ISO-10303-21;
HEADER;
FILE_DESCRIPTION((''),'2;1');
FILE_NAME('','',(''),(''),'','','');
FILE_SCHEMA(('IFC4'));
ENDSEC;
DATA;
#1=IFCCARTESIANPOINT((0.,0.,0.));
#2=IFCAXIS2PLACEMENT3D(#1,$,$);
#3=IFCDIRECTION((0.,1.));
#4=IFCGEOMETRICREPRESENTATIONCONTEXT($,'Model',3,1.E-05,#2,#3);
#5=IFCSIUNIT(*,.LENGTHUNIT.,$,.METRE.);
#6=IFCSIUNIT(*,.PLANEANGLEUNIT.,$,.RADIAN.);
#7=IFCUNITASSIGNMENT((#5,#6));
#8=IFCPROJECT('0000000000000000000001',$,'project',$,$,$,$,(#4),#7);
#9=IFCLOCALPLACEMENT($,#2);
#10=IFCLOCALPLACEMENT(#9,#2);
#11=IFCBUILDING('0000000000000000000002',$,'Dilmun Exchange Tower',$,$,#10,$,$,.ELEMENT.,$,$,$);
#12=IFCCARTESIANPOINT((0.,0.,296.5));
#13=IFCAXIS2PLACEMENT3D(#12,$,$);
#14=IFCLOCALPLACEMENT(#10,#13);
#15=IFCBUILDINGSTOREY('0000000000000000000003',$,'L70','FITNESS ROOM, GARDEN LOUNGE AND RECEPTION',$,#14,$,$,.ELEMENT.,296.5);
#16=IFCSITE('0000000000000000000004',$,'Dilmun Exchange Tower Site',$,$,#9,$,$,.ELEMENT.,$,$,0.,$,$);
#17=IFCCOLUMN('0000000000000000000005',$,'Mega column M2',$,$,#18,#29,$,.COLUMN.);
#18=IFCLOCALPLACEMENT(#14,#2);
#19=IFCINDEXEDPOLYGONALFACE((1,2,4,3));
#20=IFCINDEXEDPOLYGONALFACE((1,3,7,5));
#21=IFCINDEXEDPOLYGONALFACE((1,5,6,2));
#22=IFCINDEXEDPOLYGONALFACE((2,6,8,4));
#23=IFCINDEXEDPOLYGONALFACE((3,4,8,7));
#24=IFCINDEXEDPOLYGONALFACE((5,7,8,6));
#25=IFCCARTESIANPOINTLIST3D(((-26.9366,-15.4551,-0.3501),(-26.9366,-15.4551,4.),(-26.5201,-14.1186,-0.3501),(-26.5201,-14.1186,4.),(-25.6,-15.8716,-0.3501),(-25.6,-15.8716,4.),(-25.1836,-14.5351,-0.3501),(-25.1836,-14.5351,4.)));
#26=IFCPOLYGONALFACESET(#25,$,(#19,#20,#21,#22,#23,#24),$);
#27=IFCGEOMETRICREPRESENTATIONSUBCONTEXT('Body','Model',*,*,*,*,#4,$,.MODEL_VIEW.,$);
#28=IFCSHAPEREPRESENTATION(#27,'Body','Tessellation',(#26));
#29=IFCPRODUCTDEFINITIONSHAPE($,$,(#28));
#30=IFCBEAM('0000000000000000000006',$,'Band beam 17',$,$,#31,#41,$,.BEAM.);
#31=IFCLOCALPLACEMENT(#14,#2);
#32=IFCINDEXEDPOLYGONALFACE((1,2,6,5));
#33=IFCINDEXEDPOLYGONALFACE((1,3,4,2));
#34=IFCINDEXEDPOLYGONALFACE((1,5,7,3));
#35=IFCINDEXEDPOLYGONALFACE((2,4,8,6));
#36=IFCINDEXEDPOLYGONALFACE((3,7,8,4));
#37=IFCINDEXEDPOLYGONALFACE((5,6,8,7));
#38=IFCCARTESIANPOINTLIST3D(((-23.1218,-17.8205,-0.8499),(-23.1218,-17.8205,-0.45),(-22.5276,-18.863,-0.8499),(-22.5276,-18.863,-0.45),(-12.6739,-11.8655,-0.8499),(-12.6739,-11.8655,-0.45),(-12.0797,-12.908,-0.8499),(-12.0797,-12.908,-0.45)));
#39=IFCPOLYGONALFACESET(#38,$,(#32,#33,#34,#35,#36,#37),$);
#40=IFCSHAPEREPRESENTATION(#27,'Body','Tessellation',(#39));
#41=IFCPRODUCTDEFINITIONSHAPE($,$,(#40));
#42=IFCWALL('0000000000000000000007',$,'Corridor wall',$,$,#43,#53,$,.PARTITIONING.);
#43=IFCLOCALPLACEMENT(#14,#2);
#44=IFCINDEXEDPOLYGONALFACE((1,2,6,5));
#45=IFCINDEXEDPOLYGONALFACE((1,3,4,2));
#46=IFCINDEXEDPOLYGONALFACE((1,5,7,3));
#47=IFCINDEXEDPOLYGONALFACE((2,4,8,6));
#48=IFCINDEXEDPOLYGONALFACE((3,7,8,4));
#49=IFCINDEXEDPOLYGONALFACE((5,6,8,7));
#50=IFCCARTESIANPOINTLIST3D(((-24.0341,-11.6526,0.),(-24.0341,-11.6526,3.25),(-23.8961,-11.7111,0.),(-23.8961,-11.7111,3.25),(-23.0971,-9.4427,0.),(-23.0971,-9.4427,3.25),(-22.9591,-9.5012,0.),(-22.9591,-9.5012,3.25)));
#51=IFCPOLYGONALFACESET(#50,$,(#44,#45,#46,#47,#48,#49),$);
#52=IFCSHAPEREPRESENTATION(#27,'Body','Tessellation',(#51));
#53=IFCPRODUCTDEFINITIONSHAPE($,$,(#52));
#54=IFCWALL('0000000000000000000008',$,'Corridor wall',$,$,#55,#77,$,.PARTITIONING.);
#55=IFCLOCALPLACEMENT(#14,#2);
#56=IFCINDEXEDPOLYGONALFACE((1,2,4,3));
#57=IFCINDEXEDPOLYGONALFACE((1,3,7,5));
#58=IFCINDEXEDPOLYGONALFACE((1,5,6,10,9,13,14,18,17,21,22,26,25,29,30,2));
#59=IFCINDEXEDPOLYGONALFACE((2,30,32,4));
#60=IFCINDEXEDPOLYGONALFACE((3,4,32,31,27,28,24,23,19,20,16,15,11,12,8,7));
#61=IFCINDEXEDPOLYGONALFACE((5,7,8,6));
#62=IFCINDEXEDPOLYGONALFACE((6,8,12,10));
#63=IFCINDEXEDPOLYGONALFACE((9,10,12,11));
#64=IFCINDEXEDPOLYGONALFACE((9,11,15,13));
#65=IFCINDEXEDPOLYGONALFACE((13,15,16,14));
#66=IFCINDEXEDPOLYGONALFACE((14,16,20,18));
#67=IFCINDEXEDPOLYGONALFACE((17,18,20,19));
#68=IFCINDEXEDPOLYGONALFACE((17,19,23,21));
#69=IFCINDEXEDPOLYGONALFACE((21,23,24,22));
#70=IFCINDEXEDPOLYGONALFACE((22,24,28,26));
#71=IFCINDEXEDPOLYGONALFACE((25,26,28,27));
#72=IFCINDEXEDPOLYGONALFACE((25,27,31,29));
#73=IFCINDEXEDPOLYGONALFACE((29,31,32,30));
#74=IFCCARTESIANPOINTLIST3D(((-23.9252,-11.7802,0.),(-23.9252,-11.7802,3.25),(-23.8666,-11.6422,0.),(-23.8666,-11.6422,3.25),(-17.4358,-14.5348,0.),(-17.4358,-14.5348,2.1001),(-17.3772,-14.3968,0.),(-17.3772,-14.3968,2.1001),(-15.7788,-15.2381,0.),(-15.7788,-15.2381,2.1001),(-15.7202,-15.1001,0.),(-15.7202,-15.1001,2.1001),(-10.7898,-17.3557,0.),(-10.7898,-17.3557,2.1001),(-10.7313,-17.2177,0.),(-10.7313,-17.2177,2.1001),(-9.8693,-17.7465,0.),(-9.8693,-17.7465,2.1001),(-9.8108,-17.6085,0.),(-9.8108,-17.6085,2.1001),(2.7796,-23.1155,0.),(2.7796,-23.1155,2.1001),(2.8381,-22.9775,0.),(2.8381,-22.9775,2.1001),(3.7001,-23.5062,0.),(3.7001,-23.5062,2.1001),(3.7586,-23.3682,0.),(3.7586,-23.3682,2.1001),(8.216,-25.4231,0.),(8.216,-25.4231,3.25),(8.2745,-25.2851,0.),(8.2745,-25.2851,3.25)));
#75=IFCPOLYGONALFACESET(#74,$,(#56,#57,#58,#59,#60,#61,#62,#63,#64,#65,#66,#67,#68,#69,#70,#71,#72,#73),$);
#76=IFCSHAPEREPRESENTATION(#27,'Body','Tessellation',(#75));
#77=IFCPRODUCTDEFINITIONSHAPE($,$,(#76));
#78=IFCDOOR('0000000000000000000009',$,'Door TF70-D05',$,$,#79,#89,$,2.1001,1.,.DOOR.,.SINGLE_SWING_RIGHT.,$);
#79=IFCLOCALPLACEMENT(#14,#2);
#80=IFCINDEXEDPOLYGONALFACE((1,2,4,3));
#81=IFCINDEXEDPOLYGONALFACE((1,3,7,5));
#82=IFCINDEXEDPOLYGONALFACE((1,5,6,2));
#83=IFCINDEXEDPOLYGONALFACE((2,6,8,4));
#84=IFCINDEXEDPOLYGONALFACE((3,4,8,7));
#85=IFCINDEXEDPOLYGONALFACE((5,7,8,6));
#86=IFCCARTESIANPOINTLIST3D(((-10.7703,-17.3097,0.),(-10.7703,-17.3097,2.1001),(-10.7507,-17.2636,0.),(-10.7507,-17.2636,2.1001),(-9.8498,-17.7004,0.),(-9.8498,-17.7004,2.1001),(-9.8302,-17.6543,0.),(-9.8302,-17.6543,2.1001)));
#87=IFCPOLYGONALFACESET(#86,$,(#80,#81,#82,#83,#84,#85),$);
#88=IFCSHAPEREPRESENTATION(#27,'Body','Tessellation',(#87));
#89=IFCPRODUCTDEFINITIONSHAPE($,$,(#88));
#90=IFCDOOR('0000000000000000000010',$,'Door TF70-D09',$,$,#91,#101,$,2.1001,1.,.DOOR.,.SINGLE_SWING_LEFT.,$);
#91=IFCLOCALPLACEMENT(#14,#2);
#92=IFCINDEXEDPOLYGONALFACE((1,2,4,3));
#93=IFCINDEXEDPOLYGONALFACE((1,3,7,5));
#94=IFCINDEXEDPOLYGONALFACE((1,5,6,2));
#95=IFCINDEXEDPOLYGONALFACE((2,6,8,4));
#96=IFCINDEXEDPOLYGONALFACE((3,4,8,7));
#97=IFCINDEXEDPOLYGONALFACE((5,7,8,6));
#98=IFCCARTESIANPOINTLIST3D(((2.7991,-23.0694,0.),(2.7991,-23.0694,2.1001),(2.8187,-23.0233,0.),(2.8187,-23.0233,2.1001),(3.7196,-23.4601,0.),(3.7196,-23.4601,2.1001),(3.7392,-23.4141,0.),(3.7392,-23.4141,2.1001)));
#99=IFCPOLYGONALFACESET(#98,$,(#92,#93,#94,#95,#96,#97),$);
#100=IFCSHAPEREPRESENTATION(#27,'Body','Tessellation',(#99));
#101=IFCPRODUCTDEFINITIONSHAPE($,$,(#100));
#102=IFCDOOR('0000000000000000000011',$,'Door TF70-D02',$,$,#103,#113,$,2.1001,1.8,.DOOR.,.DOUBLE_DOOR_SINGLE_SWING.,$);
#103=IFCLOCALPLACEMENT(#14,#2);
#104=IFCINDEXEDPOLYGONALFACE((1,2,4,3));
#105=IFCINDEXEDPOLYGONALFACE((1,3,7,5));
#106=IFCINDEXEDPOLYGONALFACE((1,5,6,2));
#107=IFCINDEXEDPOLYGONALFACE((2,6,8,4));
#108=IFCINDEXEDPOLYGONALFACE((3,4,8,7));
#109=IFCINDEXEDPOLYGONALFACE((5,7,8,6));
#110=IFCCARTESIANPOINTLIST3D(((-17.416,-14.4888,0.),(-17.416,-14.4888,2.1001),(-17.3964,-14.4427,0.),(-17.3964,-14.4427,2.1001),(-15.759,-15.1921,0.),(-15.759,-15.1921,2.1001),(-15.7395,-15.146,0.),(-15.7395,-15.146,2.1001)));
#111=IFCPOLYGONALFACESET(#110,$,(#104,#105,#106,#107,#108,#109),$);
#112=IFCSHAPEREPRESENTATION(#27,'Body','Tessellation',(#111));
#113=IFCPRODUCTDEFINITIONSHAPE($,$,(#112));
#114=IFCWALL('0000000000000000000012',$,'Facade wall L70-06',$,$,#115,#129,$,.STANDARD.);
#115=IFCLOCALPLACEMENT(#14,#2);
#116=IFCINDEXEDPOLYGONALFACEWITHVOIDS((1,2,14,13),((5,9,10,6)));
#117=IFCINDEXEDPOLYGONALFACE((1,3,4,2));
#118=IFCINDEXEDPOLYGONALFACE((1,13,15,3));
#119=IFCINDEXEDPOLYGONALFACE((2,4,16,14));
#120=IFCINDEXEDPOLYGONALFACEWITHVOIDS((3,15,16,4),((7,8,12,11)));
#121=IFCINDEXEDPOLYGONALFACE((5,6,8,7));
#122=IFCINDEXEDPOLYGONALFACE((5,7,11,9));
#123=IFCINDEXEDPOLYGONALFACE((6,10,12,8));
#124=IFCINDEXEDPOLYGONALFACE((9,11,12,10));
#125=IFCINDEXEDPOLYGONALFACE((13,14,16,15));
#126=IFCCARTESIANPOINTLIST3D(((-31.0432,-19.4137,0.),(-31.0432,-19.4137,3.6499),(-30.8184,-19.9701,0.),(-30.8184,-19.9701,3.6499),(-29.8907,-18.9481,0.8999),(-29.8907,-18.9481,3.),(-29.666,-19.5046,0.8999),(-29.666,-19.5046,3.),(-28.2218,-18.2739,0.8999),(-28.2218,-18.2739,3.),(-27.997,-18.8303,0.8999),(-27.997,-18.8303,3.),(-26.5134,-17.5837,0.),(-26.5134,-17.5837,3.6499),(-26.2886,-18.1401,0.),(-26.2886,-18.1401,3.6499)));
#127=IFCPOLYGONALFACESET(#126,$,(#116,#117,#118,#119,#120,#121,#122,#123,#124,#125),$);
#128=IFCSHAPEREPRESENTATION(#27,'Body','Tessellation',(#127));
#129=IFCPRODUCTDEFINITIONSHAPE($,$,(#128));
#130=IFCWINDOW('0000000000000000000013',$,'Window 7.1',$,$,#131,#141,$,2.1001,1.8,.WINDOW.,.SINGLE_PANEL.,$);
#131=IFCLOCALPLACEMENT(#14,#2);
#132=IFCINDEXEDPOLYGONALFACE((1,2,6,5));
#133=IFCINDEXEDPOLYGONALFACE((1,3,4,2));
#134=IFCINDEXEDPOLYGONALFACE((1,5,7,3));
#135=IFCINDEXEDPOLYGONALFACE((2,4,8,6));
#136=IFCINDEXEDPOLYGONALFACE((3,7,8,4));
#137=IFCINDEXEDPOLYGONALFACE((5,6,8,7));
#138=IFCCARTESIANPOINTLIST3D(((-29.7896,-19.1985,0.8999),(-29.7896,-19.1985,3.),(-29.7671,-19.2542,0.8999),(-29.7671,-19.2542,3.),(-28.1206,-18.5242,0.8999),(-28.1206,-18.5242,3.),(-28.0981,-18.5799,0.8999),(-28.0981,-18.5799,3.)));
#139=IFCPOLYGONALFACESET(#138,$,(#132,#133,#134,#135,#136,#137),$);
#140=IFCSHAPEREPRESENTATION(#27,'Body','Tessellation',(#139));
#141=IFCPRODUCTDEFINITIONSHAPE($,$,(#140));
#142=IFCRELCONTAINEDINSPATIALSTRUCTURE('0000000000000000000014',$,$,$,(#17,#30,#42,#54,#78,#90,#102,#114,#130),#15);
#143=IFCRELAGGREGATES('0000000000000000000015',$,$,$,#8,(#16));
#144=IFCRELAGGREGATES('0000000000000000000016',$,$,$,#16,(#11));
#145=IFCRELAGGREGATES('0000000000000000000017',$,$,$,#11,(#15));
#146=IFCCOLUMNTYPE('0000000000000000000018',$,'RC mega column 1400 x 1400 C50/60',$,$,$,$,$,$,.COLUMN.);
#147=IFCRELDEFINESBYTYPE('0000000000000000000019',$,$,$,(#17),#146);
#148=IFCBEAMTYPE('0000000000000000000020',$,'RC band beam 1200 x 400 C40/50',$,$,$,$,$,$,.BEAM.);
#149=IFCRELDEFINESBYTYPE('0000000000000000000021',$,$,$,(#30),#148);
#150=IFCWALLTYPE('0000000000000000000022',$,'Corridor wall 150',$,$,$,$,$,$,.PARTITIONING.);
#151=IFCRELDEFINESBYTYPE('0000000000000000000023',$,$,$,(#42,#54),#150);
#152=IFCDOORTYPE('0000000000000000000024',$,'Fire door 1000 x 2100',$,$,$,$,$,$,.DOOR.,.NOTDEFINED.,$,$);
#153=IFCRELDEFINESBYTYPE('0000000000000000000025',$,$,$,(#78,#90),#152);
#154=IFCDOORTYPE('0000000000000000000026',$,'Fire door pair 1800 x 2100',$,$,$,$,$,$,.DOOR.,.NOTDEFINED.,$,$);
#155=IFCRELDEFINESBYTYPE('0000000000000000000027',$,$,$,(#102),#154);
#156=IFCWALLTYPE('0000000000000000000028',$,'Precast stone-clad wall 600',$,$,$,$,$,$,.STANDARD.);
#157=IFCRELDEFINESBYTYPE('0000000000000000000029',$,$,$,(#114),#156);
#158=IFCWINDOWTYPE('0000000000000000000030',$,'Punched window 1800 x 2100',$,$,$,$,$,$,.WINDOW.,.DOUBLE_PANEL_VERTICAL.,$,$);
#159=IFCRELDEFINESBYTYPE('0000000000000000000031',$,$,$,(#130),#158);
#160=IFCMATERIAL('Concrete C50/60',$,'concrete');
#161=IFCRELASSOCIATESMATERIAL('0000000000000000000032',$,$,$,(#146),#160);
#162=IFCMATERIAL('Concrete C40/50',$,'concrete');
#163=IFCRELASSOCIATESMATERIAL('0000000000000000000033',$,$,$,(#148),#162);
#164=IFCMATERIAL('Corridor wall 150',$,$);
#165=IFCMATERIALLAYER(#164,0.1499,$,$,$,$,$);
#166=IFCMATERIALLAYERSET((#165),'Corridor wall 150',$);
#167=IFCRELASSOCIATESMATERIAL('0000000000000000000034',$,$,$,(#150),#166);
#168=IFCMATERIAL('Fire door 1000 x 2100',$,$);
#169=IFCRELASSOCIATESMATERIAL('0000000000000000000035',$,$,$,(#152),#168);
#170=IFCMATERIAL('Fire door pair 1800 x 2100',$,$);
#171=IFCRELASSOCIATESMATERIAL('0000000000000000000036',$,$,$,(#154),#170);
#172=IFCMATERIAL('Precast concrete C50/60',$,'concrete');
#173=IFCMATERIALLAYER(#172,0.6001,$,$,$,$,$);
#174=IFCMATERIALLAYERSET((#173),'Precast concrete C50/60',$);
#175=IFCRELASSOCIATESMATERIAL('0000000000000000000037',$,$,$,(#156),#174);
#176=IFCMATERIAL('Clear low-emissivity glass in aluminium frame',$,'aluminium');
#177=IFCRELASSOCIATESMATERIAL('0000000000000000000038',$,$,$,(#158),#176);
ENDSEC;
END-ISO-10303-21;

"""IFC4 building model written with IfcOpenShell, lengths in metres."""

from ifc_helpers import new_model, si_unit, direction, frame, frame_2d, origin, origin_2d, place, context, subcontext, project, spatial, rectangle, extrude, material, layer, layer_set, material_profile, profile_set, type_object, element, fill, save


model = new_model("IFC4")

# Units and contexts
model_context = context("Model", 3, precision=1e-05, world=origin(), true_north=direction((0.0, 1.0)))
body_context = subcontext(model_context, "Body", "Model", "MODEL_VIEW")
ifc_project = project(units=[si_unit("LENGTHUNIT", "METRE"), si_unit("PLANEANGLEUNIT", "RADIAN")], contexts=[model_context])

# Site, building, storey
site_placement = place(None, origin())
site = spatial("IfcSite", under=ifc_project, at=site_placement, Name="Dilmun Exchange Tower Site", CompositionType="ELEMENT", RefElevation=0.0)
building_placement = place(site_placement, origin())
building = spatial("IfcBuilding", under=site, at=building_placement, Name="Dilmun Exchange Tower", CompositionType="ELEMENT")
storey_placement = place(building_placement, frame((0.0, 0.0, 296.5)))
storey = spatial("IfcBuildingStorey", under=building, at=storey_placement, Name="L70", Description="FITNESS ROOM, GARDEN LOUNGE AND RECEPTION", CompositionType="ELEMENT", Elevation=296.5)

# Column
ifc_material_1 = material(Name="Concrete C50/60", Category="concrete")
ifc_material_profile_1 = material_profile(ifc_material_1, rectangle(XDim=1.3999, YDim=1.3999, at=origin_2d()), Name="1400 x 1400")
ifc_profile_set_1 = profile_set([ifc_material_profile_1], Name="Concrete C50/60")
column_type = type_object("IfcColumnType", Name="RC mega column 1400 x 1400 C50/60", PredefinedType="COLUMN", material=ifc_profile_set_1)
column_placement = place(storey_placement, frame((-26.0601, -14.9951, -0.3501), z_axis=(0.0, 0.0, 1.0), x_axis=(0.297503, 0.954721, 0.0)))
element("IfcColumn", 1, at=column_placement, inside=storey, type_object=column_type, Name="Mega column M2", PredefinedType="COLUMN", context=body_context, shape_type="SweptSolid", body=[
    extrude(rectangle(XDim=1.3999, YDim=1.3999, at=origin_2d()), origin(), (0.0, 0.0, 1.0), 4.3501),
])

# Beam
ifc_material_2 = material(Name="Concrete C40/50", Category="concrete")
ifc_material_profile_2 = material_profile(ifc_material_2, rectangle(XDim=1.2, YDim=0.3999, at=origin_2d()), Name="1200 x 400")
ifc_profile_set_2 = profile_set([ifc_material_profile_2], Name="Concrete C40/50")
beam_type = type_object("IfcBeamType", Name="RC band beam 1200 x 400 C40/50", PredefinedType="BEAM", material=ifc_profile_set_2)
beam_placement = place(storey_placement, frame((-22.8247, -18.3418, -0.6499), z_axis=(0.868787, 0.495185, 0.0), x_axis=(-0.495185, 0.868787, 0.0)))
element("IfcBeam", 2, at=beam_placement, inside=storey, type_object=beam_type, Name="Band beam 17", PredefinedType="BEAM", context=body_context, shape_type="SweptSolid", body=[
    extrude(rectangle(XDim=1.2, YDim=0.3999, at=origin_2d()), origin(), (0.0, 0.0, 1.0), 12.0259),
])

# Wall
ifc_material_3 = material(Name="Corridor wall 150")
ifc_layer_1 = layer(ifc_material_3, 0.1499)
ifc_layer_set_1 = layer_set([ifc_layer_1], Name="Corridor wall 150")
wall_type_1 = type_object("IfcWallType", Name="Corridor wall 150", PredefinedType="PARTITIONING", material=ifc_layer_set_1)
wall_1_placement = place(storey_placement, frame((-23.9651, -11.6819, 0.0), z_axis=(0.0, 0.0, 1.0), x_axis=(0.390357, 0.920664, 0.0)))
element("IfcWall", 3, at=wall_1_placement, inside=storey, type_object=wall_type_1, Name="Corridor wall", PredefinedType="PARTITIONING", context=body_context, shape_type="SweptSolid", body=[
    extrude(rectangle(XDim=2.4004, YDim=0.1499, at=frame_2d((1.2002, 0.0))), origin(), (0.0, 0.0, 1.0), 3.25),
])

# Wall, openings, doors
wall_2_placement = place(storey_placement, frame((-23.896, -11.7112, 0.0), z_axis=(0.0, 0.0, 1.0), x_axis=(0.920508, -0.390725, 0.0)))
wall_2 = element("IfcWall", 4, at=wall_2_placement, inside=storey, type_object=wall_type_1, Name="Corridor wall", PredefinedType="PARTITIONING", context=body_context, shape_type="SweptSolid", body=[
    extrude(rectangle(XDim=34.9167, YDim=0.1499, at=frame_2d((17.4585, 0.0))), origin(), (0.0, 0.0, 1.0), 3.25),
])
opening_1_placement = place(wall_2_placement, frame((7.05, 0.0, 0.0)))
opening_1 = element("IfcOpeningElement", 5, at=opening_1_placement, cuts=wall_2, PredefinedType="OPENING", context=body_context, shape_type="SweptSolid", body=[
    extrude(rectangle(XDim=1.8, YDim=2.1001, at=frame_2d((0.8999, 1.05))), frame((0.0, 0.085, 0.0), z_axis=(0.0, -1.0, 0.0), x_axis=(1.0, 0.0, 0.0)), (0.0, 0.0, 1.0), 0.1699),
])
opening_2_placement = place(wall_2_placement, frame((14.2698, 0.0, 0.0)))
opening_2 = element("IfcOpeningElement", 6, at=opening_2_placement, cuts=wall_2, PredefinedType="OPENING", context=body_context, shape_type="SweptSolid", body=[
    extrude(rectangle(XDim=1.0, YDim=2.1001, at=frame_2d((0.5, 1.05))), frame((0.0, 0.085, 0.0), z_axis=(0.0, -1.0, 0.0), x_axis=(1.0, 0.0, 0.0)), (0.0, 0.0, 1.0), 0.1699),
])
opening_3_placement = place(wall_2_placement, frame((29.011, 0.0, 0.0)))
opening_3 = element("IfcOpeningElement", 7, at=opening_3_placement, cuts=wall_2, PredefinedType="OPENING", context=body_context, shape_type="SweptSolid", body=[
    extrude(rectangle(XDim=1.0, YDim=2.1001, at=frame_2d((0.5, 1.05))), frame((0.0, 0.085, 0.0), z_axis=(0.0, -1.0, 0.0), x_axis=(1.0, 0.0, 0.0)), (0.0, 0.0, 1.0), 0.1699),
])
ifc_material_4 = material(Name="Fire door 1000 x 2100")
door_type_1 = type_object("IfcDoorType", Name="Fire door 1000 x 2100", OperationType="NOTDEFINED", PredefinedType="DOOR", material=ifc_material_4)
door_1_placement = place(opening_2_placement, frame((1.0, 0.0, 0.0), z_axis=(0.0, 0.0, 1.0), x_axis=(-1.0, 0.0, 0.0)))
door_1 = element("IfcDoor", 8, at=door_1_placement, inside=storey, type_object=door_type_1, Name="Door TF70-D05", OperationType="SINGLE_SWING_RIGHT", OverallHeight=2.1001, OverallWidth=1.0, PredefinedType="DOOR", context=body_context, shape_type="SweptSolid", body=[
    extrude(rectangle(XDim=1.0, YDim=2.1001, at=frame_2d((0.5, 1.05))), frame((0.0, 0.0249, 0.0), z_axis=(0.0, -1.0, 0.0), x_axis=(1.0, 0.0, 0.0)), (0.0, 0.0, 1.0), 0.05),
])
fill(opening_2, door_1)
door_2_placement = place(opening_3_placement, frame((1.0, 0.0, 0.0), z_axis=(0.0, 0.0, 1.0), x_axis=(-1.0, 0.0, 0.0)))
door_2 = element("IfcDoor", 9, at=door_2_placement, inside=storey, type_object=door_type_1, Name="Door TF70-D09", OperationType="SINGLE_SWING_LEFT", OverallHeight=2.1001, OverallWidth=1.0, PredefinedType="DOOR", context=body_context, shape_type="SweptSolid", body=[
    extrude(rectangle(XDim=1.0, YDim=2.1001, at=frame_2d((0.5, 1.05))), frame((0.0, 0.0249, 0.0), z_axis=(0.0, -1.0, 0.0), x_axis=(1.0, 0.0, 0.0)), (0.0, 0.0, 1.0), 0.05),
])
fill(opening_3, door_2)
ifc_material_5 = material(Name="Fire door pair 1800 x 2100")
door_type_2 = type_object("IfcDoorType", Name="Fire door pair 1800 x 2100", OperationType="NOTDEFINED", PredefinedType="DOOR", material=ifc_material_5)
door_3_placement = place(opening_1_placement, frame((1.8, 0.0, 0.0), z_axis=(0.0, 0.0, 1.0), x_axis=(-1.0, 0.0, 0.0)))
door_3 = element("IfcDoor", 10, at=door_3_placement, inside=storey, type_object=door_type_2, Name="Door TF70-D02", OperationType="DOUBLE_DOOR_SINGLE_SWING", OverallHeight=2.1001, OverallWidth=1.8, PredefinedType="DOOR", context=body_context, shape_type="SweptSolid", body=[
    extrude(rectangle(XDim=1.8, YDim=2.1001, at=frame_2d((0.8999, 1.05))), frame((0.0, 0.0249, 0.0), z_axis=(0.0, -1.0, 0.0), x_axis=(1.0, 0.0, 0.0)), (0.0, 0.0, 1.0), 0.05),
])
fill(opening_1, door_3)

# Wall, opening, window
ifc_material_6 = material(Name="Precast concrete C50/60", Category="concrete")
ifc_layer_2 = layer(ifc_material_6, 0.6001)
ifc_layer_set_2 = layer_set([ifc_layer_2], Name="Precast concrete C50/60")
wall_type_2 = type_object("IfcWallType", Name="Precast stone-clad wall 600", PredefinedType="STANDARD", material=ifc_layer_set_2)
wall_3_placement = place(storey_placement, frame((-26.4009, -17.8618, 0.0), z_axis=(0.0, 0.0, 1.0), x_axis=(-0.927189, -0.374594, 0.0)))
wall_3 = element("IfcWall", 11, at=wall_3_placement, inside=storey, type_object=wall_type_2, Name="Facade wall L70-06", PredefinedType="STANDARD", context=body_context, shape_type="SweptSolid", body=[
    extrude(rectangle(XDim=4.8855, YDim=0.6001, at=frame_2d((2.4429, 0.0))), origin(), (0.0, 0.0, 1.0), 3.6499),
])
opening_4_placement = place(wall_3_placement, frame((1.8428, 0.0, 0.8999)))
opening_4 = element("IfcOpeningElement", 12, at=opening_4_placement, cuts=wall_3, PredefinedType="OPENING", context=body_context, shape_type="SweptSolid", body=[
    extrude(rectangle(XDim=1.8, YDim=2.1001, at=frame_2d((0.8999, 1.05))), frame((0.0, 0.3101, 0.0), z_axis=(0.0, -1.0, 0.0), x_axis=(1.0, 0.0, 0.0)), (0.0, 0.0, 1.0), 0.6201),
])
ifc_material_7 = material(Name="Clear low-emissivity glass in aluminium frame", Category="aluminium")
window_type_1 = type_object("IfcWindowType", Name="Punched window 1800 x 2100", PartitioningType="DOUBLE_PANEL_VERTICAL", PredefinedType="WINDOW", material=ifc_material_7)
window_1_placement = place(opening_4_placement, origin())
window_1 = element("IfcWindow", 13, at=window_1_placement, inside=storey, type_object=window_type_1, Name="Window 7.1", OverallHeight=2.1001, OverallWidth=1.8, PartitioningType="SINGLE_PANEL", PredefinedType="WINDOW", context=body_context, shape_type="SweptSolid", body=[
    extrude(rectangle(XDim=1.8, YDim=2.1001, at=frame_2d((0.8999, 1.05))), frame((0.0, 0.03, 0.0), z_axis=(0.0, -1.0, 0.0), x_axis=(1.0, 0.0, 0.0)), (0.0, 0.0, 1.0), 0.0601),
])
fill(opening_4, window_1)

save(model, "model.ifc")
